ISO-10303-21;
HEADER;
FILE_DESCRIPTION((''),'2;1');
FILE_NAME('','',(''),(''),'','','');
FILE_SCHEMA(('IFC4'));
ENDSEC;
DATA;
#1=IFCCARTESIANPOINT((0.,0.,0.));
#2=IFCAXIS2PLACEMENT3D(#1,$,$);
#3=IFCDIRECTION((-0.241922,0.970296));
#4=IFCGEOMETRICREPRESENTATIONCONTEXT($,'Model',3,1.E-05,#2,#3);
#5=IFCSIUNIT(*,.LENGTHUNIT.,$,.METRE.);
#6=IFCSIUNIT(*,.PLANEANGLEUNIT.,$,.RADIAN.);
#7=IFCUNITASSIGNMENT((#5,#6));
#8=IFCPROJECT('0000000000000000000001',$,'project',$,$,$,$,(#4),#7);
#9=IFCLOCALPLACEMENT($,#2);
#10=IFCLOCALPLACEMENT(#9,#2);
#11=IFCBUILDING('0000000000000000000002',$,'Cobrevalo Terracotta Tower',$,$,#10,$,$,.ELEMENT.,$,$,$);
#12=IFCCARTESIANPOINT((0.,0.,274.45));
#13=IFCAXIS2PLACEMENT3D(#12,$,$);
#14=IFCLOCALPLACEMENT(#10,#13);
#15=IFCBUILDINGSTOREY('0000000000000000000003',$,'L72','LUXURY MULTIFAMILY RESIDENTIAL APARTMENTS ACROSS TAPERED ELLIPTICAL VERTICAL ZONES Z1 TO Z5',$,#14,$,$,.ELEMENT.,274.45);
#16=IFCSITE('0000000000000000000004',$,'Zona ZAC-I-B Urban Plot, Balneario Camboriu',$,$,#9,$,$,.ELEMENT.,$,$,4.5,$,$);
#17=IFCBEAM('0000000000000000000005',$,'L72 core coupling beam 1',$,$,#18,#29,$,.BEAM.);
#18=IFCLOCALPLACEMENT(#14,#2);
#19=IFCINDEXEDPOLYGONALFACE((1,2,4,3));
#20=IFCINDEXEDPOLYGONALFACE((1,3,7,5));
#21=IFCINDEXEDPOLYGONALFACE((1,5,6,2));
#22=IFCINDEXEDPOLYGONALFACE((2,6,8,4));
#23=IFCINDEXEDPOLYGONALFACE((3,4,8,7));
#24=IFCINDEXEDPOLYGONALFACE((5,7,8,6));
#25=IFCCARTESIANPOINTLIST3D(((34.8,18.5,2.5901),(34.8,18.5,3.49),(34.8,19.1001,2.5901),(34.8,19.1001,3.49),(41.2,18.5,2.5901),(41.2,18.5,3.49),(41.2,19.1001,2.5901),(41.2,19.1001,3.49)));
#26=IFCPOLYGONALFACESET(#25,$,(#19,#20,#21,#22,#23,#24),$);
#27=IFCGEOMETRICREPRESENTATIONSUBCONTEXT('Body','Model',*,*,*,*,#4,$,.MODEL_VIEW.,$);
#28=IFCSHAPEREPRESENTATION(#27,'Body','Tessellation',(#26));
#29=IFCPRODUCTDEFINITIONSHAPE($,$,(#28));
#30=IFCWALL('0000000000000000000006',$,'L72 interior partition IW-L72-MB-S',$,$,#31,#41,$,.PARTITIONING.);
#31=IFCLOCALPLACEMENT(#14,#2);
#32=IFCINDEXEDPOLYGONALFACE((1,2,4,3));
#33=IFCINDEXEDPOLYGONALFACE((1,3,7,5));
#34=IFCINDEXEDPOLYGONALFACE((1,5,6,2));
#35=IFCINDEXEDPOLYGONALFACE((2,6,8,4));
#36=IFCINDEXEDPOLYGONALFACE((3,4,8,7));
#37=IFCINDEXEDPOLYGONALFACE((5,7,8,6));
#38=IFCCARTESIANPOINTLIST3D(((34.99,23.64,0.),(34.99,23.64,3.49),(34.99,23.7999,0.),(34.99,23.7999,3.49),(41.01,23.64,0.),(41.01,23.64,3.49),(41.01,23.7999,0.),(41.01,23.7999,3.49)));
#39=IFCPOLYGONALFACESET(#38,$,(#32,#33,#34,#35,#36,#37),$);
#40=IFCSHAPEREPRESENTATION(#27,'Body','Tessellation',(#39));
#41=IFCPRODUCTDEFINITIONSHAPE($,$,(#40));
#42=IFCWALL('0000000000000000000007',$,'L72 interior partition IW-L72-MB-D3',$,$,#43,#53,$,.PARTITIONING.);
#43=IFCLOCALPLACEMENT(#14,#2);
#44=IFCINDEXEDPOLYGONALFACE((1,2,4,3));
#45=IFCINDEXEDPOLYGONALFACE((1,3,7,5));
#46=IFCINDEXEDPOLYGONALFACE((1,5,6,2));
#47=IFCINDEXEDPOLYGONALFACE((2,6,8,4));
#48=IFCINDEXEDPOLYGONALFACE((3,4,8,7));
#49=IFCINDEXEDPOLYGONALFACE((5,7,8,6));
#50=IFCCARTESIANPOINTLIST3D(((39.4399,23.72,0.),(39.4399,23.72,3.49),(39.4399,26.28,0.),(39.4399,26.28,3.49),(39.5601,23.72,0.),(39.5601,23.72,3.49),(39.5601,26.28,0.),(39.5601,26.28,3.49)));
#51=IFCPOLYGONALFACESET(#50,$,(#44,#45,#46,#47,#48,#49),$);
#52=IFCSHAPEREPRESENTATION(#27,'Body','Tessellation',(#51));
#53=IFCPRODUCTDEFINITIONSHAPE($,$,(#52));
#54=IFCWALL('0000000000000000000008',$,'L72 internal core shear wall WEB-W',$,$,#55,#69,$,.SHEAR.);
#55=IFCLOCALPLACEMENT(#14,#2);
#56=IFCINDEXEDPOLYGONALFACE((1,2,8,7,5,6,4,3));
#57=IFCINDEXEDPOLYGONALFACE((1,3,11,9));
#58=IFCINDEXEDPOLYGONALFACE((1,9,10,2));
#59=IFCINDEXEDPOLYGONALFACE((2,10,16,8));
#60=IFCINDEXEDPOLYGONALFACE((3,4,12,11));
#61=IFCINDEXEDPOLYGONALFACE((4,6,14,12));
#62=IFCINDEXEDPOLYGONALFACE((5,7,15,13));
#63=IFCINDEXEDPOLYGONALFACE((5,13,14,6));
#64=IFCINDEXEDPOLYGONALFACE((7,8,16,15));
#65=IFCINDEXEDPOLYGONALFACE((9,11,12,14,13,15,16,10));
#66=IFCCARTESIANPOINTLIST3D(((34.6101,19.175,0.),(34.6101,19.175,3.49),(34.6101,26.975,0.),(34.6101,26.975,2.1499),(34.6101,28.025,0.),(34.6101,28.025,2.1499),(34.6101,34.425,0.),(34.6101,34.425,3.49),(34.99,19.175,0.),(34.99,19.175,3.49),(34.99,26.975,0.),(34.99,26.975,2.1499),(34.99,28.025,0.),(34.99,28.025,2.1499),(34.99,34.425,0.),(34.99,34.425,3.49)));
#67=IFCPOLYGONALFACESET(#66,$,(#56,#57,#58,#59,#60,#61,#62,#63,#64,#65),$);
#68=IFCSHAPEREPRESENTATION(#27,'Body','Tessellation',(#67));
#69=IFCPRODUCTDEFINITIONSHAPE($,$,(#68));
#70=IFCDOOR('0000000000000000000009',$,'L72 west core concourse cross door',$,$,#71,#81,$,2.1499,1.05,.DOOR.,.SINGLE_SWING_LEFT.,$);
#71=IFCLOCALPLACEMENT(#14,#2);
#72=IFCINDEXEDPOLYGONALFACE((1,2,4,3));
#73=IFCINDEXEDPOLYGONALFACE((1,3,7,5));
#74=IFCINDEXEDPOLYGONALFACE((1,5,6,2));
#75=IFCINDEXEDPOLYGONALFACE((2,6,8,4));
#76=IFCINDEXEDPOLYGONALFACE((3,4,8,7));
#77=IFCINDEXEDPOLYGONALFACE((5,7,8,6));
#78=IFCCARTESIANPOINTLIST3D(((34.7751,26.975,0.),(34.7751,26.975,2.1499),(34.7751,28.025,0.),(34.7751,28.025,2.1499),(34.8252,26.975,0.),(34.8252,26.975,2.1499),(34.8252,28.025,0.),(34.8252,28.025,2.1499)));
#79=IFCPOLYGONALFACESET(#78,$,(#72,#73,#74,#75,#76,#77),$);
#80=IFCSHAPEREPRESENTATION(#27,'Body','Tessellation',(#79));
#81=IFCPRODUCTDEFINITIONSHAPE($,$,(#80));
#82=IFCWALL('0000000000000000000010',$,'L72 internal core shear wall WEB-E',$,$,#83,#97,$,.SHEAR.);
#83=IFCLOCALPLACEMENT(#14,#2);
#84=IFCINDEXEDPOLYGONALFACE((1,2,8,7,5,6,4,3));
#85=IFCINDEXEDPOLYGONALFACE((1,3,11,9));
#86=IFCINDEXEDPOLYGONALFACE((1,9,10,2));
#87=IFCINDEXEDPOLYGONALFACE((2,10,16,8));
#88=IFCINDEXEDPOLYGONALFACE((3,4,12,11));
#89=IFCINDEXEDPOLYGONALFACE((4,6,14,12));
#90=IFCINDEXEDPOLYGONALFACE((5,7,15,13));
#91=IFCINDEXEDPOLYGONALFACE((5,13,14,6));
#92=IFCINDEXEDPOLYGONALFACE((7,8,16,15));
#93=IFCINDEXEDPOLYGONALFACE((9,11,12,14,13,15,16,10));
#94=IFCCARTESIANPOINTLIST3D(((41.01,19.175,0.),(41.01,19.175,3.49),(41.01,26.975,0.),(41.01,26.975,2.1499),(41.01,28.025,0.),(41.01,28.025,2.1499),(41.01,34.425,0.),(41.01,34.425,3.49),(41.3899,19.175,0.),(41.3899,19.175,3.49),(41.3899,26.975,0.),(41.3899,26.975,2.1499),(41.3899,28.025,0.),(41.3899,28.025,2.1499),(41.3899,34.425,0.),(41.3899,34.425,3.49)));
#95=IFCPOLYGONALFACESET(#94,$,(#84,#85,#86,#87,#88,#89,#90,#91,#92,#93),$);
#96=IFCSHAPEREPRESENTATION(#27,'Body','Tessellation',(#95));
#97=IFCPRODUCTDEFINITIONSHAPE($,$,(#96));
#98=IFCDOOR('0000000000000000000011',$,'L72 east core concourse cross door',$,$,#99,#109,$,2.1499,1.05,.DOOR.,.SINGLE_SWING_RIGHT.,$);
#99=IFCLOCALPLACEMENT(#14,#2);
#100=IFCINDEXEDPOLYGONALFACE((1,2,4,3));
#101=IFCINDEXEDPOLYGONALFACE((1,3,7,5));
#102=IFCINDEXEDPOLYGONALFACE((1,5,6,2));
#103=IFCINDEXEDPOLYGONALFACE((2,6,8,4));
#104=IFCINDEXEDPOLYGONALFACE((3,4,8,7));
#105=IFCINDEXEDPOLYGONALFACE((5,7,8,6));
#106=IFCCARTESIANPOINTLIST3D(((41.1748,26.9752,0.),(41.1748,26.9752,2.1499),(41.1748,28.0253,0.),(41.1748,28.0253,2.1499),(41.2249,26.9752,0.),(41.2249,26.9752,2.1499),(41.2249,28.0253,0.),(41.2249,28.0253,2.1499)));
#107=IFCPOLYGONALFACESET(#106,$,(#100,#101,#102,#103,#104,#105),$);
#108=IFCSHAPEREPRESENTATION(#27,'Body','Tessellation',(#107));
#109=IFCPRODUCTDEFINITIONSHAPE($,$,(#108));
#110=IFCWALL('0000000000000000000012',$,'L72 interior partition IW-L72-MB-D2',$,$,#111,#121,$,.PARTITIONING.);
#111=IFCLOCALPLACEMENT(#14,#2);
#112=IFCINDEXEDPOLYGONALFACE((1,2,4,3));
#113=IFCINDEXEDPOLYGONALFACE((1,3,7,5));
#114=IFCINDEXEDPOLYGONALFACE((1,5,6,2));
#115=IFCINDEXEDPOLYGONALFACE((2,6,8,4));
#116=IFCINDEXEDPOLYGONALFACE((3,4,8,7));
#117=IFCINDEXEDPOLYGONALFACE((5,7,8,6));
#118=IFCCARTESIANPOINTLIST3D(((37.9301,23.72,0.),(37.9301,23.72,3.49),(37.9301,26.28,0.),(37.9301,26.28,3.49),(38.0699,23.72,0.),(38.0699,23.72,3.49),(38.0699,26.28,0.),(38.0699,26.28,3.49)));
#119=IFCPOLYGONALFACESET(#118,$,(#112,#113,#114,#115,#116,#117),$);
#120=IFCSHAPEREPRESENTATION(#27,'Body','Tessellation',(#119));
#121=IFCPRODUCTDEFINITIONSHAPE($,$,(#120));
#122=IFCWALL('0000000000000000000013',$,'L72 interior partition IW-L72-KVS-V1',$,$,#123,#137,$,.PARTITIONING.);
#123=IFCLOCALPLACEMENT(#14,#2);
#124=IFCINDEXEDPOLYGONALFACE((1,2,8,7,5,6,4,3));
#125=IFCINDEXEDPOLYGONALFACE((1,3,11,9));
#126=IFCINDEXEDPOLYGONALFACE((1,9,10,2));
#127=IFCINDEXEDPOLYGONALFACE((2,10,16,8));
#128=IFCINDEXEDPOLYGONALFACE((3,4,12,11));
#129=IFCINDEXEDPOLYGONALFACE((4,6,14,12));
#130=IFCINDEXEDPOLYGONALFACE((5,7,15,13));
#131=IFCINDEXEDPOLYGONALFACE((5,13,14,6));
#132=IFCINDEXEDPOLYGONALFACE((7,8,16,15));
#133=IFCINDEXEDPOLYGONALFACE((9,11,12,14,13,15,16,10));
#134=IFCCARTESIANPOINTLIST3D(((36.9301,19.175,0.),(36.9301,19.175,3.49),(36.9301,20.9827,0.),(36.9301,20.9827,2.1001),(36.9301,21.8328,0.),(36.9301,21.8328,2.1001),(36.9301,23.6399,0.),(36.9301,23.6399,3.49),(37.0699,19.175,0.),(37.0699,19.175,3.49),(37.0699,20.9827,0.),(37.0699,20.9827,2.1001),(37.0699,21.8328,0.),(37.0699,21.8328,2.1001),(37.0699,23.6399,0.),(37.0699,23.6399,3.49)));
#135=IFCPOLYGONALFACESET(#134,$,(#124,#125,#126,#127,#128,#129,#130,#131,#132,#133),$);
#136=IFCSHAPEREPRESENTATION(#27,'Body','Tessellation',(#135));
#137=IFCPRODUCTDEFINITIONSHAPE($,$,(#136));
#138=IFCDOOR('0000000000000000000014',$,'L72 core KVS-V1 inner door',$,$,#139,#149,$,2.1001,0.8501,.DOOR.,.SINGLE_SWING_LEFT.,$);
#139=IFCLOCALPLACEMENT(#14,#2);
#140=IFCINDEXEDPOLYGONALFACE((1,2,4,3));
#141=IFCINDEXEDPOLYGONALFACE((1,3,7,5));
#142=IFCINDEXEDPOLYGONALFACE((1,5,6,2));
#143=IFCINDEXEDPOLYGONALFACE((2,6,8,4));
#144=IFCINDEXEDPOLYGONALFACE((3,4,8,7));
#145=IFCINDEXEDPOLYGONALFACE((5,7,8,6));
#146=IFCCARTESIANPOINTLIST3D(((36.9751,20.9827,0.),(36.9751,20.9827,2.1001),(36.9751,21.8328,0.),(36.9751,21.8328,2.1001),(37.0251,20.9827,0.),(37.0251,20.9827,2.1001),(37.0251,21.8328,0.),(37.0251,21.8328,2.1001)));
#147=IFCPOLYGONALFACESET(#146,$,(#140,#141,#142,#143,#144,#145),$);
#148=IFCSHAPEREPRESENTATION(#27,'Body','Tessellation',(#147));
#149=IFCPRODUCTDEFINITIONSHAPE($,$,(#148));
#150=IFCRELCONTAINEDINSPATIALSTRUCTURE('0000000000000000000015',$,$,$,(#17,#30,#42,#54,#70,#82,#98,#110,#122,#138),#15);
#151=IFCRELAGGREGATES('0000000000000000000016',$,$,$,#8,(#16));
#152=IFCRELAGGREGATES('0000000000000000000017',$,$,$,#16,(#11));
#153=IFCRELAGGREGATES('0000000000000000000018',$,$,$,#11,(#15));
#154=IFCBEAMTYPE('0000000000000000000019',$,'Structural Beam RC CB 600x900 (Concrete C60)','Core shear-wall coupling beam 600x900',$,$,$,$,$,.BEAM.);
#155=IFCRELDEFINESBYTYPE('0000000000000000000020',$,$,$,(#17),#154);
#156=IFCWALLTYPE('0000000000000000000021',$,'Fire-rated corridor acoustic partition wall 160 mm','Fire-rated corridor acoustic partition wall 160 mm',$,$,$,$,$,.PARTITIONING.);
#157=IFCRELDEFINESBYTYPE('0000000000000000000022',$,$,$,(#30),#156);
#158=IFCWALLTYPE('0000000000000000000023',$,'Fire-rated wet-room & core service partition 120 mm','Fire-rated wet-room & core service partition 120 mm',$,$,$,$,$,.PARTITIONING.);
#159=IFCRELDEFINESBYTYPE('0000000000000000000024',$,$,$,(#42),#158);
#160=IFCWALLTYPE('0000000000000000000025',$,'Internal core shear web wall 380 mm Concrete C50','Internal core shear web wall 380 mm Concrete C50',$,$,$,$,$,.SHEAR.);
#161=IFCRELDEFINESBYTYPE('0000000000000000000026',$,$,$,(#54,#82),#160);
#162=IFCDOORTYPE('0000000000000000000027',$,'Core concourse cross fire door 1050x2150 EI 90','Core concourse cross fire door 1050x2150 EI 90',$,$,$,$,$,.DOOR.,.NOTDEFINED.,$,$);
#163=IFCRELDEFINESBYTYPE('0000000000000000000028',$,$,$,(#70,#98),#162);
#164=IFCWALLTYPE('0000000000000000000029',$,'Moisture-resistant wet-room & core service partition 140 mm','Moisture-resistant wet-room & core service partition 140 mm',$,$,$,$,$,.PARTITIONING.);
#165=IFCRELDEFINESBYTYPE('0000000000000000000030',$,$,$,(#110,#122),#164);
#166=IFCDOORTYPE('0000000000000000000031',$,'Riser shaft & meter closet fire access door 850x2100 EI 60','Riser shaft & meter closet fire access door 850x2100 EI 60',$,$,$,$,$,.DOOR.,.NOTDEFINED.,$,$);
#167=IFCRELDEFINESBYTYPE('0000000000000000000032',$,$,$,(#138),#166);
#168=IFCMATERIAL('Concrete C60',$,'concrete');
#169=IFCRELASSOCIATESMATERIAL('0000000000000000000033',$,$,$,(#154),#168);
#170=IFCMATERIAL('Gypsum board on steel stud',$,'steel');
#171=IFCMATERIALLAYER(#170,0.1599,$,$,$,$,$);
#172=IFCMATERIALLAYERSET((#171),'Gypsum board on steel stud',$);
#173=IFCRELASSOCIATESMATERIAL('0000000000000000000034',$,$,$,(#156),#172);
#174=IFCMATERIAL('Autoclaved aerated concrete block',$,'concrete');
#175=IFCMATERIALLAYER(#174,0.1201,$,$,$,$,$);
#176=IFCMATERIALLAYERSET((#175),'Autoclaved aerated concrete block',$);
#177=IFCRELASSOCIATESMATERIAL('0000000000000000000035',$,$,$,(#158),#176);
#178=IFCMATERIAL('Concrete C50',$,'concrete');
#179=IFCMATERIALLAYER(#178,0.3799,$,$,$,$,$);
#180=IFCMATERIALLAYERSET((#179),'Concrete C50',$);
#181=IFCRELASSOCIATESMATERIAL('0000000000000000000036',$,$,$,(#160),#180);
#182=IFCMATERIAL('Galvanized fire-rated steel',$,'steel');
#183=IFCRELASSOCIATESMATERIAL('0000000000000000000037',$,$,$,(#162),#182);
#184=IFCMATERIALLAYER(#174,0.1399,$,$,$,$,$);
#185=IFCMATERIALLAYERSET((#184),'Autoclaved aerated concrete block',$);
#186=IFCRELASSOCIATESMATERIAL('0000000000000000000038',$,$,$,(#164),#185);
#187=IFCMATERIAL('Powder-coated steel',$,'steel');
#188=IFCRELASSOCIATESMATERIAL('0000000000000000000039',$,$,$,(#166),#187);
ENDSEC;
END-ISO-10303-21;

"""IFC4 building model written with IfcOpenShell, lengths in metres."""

from ifc_helpers import new_model, si_unit, direction, frame, frame_2d, origin, origin_2d, place, context, subcontext, project, spatial, rectangle, extrude, source, transform, mapped, material, layer, layer_set, material_profile, profile_set, type_object, element, fill, save


model = new_model("IFC4")

# Units and contexts
model_context = context("Model", 3, precision=1e-05, world=origin(), true_north=direction((-0.241922, 0.970296)))
body_context = subcontext(model_context, "Body", "Model", "MODEL_VIEW")
ifc_project = project(units=[si_unit("LENGTHUNIT", "METRE"), si_unit("PLANEANGLEUNIT", "RADIAN")], contexts=[model_context])

# Site, building, storey
site_placement = place(None, origin())
site = spatial("IfcSite", under=ifc_project, at=site_placement, Name="Zona ZAC-I-B Urban Plot, Balneario Camboriu", CompositionType="ELEMENT", RefElevation=4.5)
building_placement = place(site_placement, origin())
building = spatial("IfcBuilding", under=site, at=building_placement, Name="Cobrevalo Terracotta Tower", CompositionType="ELEMENT")
storey_placement = place(building_placement, frame((0.0, 0.0, 274.45)))
storey = spatial("IfcBuildingStorey", under=building, at=storey_placement, Name="L72", Description="LUXURY MULTIFAMILY RESIDENTIAL APARTMENTS ACROSS TAPERED ELLIPTICAL VERTICAL ZONES Z1 TO Z5", CompositionType="ELEMENT", Elevation=274.45)

# Beam
ifc_material_1 = material(Name="Concrete C60", Category="concrete")
ifc_material_profile = material_profile(ifc_material_1, rectangle(XDim=0.6001, YDim=0.8999, at=origin_2d()), Name="RC CB 600x900")
ifc_profile_set = profile_set([ifc_material_profile], Name="Concrete C60")
beam_type = type_object("IfcBeamType", Name="Structural Beam RC CB 600x900 (Concrete C60)", Description="Core shear-wall coupling beam 600x900", PredefinedType="BEAM", material=ifc_profile_set)
beam_placement = place(storey_placement, frame((34.8, 18.8, 3.04), z_axis=(1.0, 0.0, 0.0), x_axis=(0.0, 1.0, 0.0)))
element("IfcBeam", 1, at=beam_placement, inside=storey, type_object=beam_type, Name="L72 core coupling beam 1", PredefinedType="BEAM", context=body_context, shape_type="SweptSolid", body=[
    extrude(rectangle(XDim=0.6001, YDim=0.8999, at=origin_2d()), origin(), (0.0, 0.0, 1.0), 6.3999),
])

# Walls
ifc_material_2 = material(Name="Gypsum board on steel stud", Category="steel")
ifc_layer_1 = layer(ifc_material_2, 0.1599)
ifc_layer_set_1 = layer_set([ifc_layer_1], Name="Gypsum board on steel stud")
wall_type_1 = type_object("IfcWallType", Name="Fire-rated corridor acoustic partition wall 160 mm", Description="Fire-rated corridor acoustic partition wall 160 mm", PredefinedType="PARTITIONING", material=ifc_layer_set_1)
wall_1_placement = place(storey_placement, frame((34.99, 23.72, 0.0), z_axis=(0.0, 0.0, 1.0), x_axis=(1.0, 0.0, 0.0)))
element("IfcWall", 2, at=wall_1_placement, inside=storey, type_object=wall_type_1, Name="L72 interior partition IW-L72-MB-S", PredefinedType="PARTITIONING", context=body_context, shape_type="SweptSolid", body=[
    extrude(rectangle(XDim=6.02, YDim=0.1599, at=frame_2d((3.01, 0.0))), origin(), (0.0, 0.0, 1.0), 3.49),
])
ifc_material_3 = material(Name="Autoclaved aerated concrete block", Category="concrete")
ifc_layer_2 = layer(ifc_material_3, 0.1201)
ifc_layer_set_2 = layer_set([ifc_layer_2], Name="Autoclaved aerated concrete block")
wall_type_2 = type_object("IfcWallType", Name="Fire-rated wet-room & core service partition 120 mm", Description="Fire-rated wet-room & core service partition 120 mm", PredefinedType="PARTITIONING", material=ifc_layer_set_2)
wall_2_placement = place(storey_placement, frame((39.5, 23.72, 0.0), z_axis=(0.0, 0.0, 1.0), x_axis=(0.0, 1.0, 0.0)))
element("IfcWall", 3, at=wall_2_placement, inside=storey, type_object=wall_type_2, Name="L72 interior partition IW-L72-MB-D3", PredefinedType="PARTITIONING", context=body_context, shape_type="SweptSolid", body=[
    extrude(rectangle(XDim=2.5601, YDim=0.1201, at=frame_2d((1.28, 0.0))), origin(), (0.0, 0.0, 1.0), 3.49),
])

# Walls, openings, doors
ifc_material_4 = material(Name="Concrete C50", Category="concrete")
ifc_layer_3 = layer(ifc_material_4, 0.3799)
ifc_layer_set_3 = layer_set([ifc_layer_3], Name="Concrete C50")
wall_type_3 = type_object("IfcWallType", Name="Internal core shear web wall 380 mm Concrete C50", Description="Internal core shear web wall 380 mm Concrete C50", PredefinedType="SHEAR", material=ifc_layer_set_3)
wall_3_placement = place(storey_placement, frame((34.8, 19.175, 0.0), z_axis=(0.0, 0.0, 1.0), x_axis=(0.0, 1.0, 0.0)))
wall_3 = element("IfcWall", 4, at=wall_3_placement, inside=storey, type_object=wall_type_3, Name="L72 internal core shear wall WEB-W", PredefinedType="SHEAR", context=body_context, shape_type="SweptSolid", body=[
    extrude(rectangle(XDim=15.25, YDim=0.3799, at=frame_2d((7.625, 0.0))), origin(), (0.0, 0.0, 1.0), 3.49),
])
opening_1_placement = place(wall_3_placement, frame((7.8, 0.0, 0.0)))
opening_1 = element("IfcOpeningElement", 5, at=opening_1_placement, cuts=wall_3, PredefinedType="OPENING", context=body_context, shape_type="SweptSolid", body=[
    extrude(rectangle(XDim=1.05, YDim=2.1499, at=frame_2d((0.5249, 1.075))), frame((0.0, 0.2, 0.0), z_axis=(0.0, -1.0, 0.0), x_axis=(1.0, 0.0, 0.0)), (0.0, 0.0, 1.0), 0.3999),
])
ifc_material_5 = material(Name="Galvanized fire-rated steel", Category="steel")
door_type_1 = type_object("IfcDoorType", Name="Core concourse cross fire door 1050x2150 EI 90", Description="Core concourse cross fire door 1050x2150 EI 90", OperationType="NOTDEFINED", PredefinedType="DOOR", material=ifc_material_5)
shared_shape_1 = source(origin(), body_context, "Body", "SweptSolid", [
    extrude(rectangle(XDim=1.05, YDim=2.1499, at=frame_2d((0.5249, 1.075))), frame((0.0, 0.0249, 0.0), z_axis=(0.0, -1.0, 0.0), x_axis=(1.0, 0.0, 0.0)), (0.0, 0.0, 1.0), 0.05),
])
door_1_placement = place(opening_1_placement, origin())
door_1 = element("IfcDoor", 6, at=door_1_placement, inside=storey, type_object=door_type_1, Name="L72 west core concourse cross door", OperationType="SINGLE_SWING_LEFT", OverallHeight=2.1499, OverallWidth=1.05, PredefinedType="DOOR", context=body_context, shape_type="MappedRepresentation", body=[
    mapped(shared_shape_1, transform((0.0, 0.0, 0.0), scale=1.0)),
])
fill(opening_1, door_1)
wall_4_placement = place(storey_placement, frame((41.2, 19.175, 0.0), z_axis=(0.0, 0.0, 1.0), x_axis=(0.0, 1.0, 0.0)))
wall_4 = element("IfcWall", 7, at=wall_4_placement, inside=storey, type_object=wall_type_3, Name="L72 internal core shear wall WEB-E", PredefinedType="SHEAR", context=body_context, shape_type="SweptSolid", body=[
    extrude(rectangle(XDim=15.25, YDim=0.3799, at=frame_2d((7.625, 0.0))), origin(), (0.0, 0.0, 1.0), 3.49),
])
opening_2_placement = place(wall_4_placement, frame((7.8, 0.0, 0.0)))
opening_2 = element("IfcOpeningElement", 8, at=opening_2_placement, cuts=wall_4, PredefinedType="OPENING", context=body_context, shape_type="SweptSolid", body=[
    extrude(rectangle(XDim=1.05, YDim=2.1499, at=frame_2d((0.5249, 1.075))), frame((0.0, 0.2, 0.0), z_axis=(0.0, -1.0, 0.0), x_axis=(1.0, 0.0, 0.0)), (0.0, 0.0, 1.0), 0.3999),
])
door_2_placement = place(opening_2_placement, frame((1.05, 0.0, 0.0), z_axis=(0.0, 0.0, 1.0), x_axis=(-1.0, 0.0, 0.0)))
door_2 = element("IfcDoor", 9, at=door_2_placement, inside=storey, type_object=door_type_1, Name="L72 east core concourse cross door", OperationType="SINGLE_SWING_RIGHT", OverallHeight=2.1499, OverallWidth=1.05, PredefinedType="DOOR", context=body_context, shape_type="MappedRepresentation", body=[
    mapped(shared_shape_1, transform((0.0, 0.0, 0.0), scale=1.0)),
])
fill(opening_2, door_2)

# Wall
ifc_layer_4 = layer(ifc_material_3, 0.1399)
ifc_layer_set_4 = layer_set([ifc_layer_4], Name="Autoclaved aerated concrete block")
wall_type_4 = type_object("IfcWallType", Name="Moisture-resistant wet-room & core service partition 140 mm", Description="Moisture-resistant wet-room & core service partition 140 mm", PredefinedType="PARTITIONING", material=ifc_layer_set_4)
wall_5_placement = place(storey_placement, frame((38.0, 23.72, 0.0), z_axis=(0.0, 0.0, 1.0), x_axis=(0.0, 1.0, 0.0)))
element("IfcWall", 10, at=wall_5_placement, inside=storey, type_object=wall_type_4, Name="L72 interior partition IW-L72-MB-D2", PredefinedType="PARTITIONING", context=body_context, shape_type="SweptSolid", body=[
    extrude(rectangle(XDim=2.5601, YDim=0.1399, at=frame_2d((1.28, 0.0))), origin(), (0.0, 0.0, 1.0), 3.49),
])

# Wall, opening, door
wall_6_placement = place(storey_placement, frame((37.0, 19.175, 0.0), z_axis=(0.0, 0.0, 1.0), x_axis=(0.0, 1.0, 0.0)))
wall_6 = element("IfcWall", 11, at=wall_6_placement, inside=storey, type_object=wall_type_4, Name="L72 interior partition IW-L72-KVS-V1", PredefinedType="PARTITIONING", context=body_context, shape_type="SweptSolid", body=[
    extrude(rectangle(XDim=4.4648, YDim=0.1399, at=frame_2d((2.2324, 0.0))), origin(), (0.0, 0.0, 1.0), 3.49),
])
opening_3_placement = place(wall_6_placement, frame((1.8076, 0.0, 0.0)))
opening_3 = element("IfcOpeningElement", 12, at=opening_3_placement, cuts=wall_6, PredefinedType="OPENING", context=body_context, shape_type="SweptSolid", body=[
    extrude(rectangle(XDim=0.8501, YDim=2.1001, at=frame_2d((0.425, 1.05))), frame((0.0, 0.0801, 0.0), z_axis=(0.0, -1.0, 0.0), x_axis=(1.0, 0.0, 0.0)), (0.0, 0.0, 1.0), 0.1599),
])
ifc_material_6 = material(Name="Powder-coated steel", Category="steel")
door_type_2 = type_object("IfcDoorType", Name="Riser shaft & meter closet fire access door 850x2100 EI 60", Description="Riser shaft & meter closet fire access door 850x2100 EI 60", OperationType="NOTDEFINED", PredefinedType="DOOR", material=ifc_material_6)
shared_shape_2 = source(origin(), body_context, "Body", "SweptSolid", [
    extrude(rectangle(XDim=0.8501, YDim=2.1001, at=frame_2d((0.425, 1.05))), frame((0.0, 0.0249, 0.0), z_axis=(0.0, -1.0, 0.0), x_axis=(1.0, 0.0, 0.0)), (0.0, 0.0, 1.0), 0.05),
])
door_3_placement = place(opening_3_placement, origin())
door_3 = element("IfcDoor", 13, at=door_3_placement, inside=storey, type_object=door_type_2, Name="L72 core KVS-V1 inner door", OperationType="SINGLE_SWING_LEFT", OverallHeight=2.1001, OverallWidth=0.8501, PredefinedType="DOOR", context=body_context, shape_type="MappedRepresentation", body=[
    mapped(shared_shape_2, transform((0.0, 0.0, 0.0), scale=1.0)),
])
fill(opening_3, door_3)

save(model, "model.ifc")
